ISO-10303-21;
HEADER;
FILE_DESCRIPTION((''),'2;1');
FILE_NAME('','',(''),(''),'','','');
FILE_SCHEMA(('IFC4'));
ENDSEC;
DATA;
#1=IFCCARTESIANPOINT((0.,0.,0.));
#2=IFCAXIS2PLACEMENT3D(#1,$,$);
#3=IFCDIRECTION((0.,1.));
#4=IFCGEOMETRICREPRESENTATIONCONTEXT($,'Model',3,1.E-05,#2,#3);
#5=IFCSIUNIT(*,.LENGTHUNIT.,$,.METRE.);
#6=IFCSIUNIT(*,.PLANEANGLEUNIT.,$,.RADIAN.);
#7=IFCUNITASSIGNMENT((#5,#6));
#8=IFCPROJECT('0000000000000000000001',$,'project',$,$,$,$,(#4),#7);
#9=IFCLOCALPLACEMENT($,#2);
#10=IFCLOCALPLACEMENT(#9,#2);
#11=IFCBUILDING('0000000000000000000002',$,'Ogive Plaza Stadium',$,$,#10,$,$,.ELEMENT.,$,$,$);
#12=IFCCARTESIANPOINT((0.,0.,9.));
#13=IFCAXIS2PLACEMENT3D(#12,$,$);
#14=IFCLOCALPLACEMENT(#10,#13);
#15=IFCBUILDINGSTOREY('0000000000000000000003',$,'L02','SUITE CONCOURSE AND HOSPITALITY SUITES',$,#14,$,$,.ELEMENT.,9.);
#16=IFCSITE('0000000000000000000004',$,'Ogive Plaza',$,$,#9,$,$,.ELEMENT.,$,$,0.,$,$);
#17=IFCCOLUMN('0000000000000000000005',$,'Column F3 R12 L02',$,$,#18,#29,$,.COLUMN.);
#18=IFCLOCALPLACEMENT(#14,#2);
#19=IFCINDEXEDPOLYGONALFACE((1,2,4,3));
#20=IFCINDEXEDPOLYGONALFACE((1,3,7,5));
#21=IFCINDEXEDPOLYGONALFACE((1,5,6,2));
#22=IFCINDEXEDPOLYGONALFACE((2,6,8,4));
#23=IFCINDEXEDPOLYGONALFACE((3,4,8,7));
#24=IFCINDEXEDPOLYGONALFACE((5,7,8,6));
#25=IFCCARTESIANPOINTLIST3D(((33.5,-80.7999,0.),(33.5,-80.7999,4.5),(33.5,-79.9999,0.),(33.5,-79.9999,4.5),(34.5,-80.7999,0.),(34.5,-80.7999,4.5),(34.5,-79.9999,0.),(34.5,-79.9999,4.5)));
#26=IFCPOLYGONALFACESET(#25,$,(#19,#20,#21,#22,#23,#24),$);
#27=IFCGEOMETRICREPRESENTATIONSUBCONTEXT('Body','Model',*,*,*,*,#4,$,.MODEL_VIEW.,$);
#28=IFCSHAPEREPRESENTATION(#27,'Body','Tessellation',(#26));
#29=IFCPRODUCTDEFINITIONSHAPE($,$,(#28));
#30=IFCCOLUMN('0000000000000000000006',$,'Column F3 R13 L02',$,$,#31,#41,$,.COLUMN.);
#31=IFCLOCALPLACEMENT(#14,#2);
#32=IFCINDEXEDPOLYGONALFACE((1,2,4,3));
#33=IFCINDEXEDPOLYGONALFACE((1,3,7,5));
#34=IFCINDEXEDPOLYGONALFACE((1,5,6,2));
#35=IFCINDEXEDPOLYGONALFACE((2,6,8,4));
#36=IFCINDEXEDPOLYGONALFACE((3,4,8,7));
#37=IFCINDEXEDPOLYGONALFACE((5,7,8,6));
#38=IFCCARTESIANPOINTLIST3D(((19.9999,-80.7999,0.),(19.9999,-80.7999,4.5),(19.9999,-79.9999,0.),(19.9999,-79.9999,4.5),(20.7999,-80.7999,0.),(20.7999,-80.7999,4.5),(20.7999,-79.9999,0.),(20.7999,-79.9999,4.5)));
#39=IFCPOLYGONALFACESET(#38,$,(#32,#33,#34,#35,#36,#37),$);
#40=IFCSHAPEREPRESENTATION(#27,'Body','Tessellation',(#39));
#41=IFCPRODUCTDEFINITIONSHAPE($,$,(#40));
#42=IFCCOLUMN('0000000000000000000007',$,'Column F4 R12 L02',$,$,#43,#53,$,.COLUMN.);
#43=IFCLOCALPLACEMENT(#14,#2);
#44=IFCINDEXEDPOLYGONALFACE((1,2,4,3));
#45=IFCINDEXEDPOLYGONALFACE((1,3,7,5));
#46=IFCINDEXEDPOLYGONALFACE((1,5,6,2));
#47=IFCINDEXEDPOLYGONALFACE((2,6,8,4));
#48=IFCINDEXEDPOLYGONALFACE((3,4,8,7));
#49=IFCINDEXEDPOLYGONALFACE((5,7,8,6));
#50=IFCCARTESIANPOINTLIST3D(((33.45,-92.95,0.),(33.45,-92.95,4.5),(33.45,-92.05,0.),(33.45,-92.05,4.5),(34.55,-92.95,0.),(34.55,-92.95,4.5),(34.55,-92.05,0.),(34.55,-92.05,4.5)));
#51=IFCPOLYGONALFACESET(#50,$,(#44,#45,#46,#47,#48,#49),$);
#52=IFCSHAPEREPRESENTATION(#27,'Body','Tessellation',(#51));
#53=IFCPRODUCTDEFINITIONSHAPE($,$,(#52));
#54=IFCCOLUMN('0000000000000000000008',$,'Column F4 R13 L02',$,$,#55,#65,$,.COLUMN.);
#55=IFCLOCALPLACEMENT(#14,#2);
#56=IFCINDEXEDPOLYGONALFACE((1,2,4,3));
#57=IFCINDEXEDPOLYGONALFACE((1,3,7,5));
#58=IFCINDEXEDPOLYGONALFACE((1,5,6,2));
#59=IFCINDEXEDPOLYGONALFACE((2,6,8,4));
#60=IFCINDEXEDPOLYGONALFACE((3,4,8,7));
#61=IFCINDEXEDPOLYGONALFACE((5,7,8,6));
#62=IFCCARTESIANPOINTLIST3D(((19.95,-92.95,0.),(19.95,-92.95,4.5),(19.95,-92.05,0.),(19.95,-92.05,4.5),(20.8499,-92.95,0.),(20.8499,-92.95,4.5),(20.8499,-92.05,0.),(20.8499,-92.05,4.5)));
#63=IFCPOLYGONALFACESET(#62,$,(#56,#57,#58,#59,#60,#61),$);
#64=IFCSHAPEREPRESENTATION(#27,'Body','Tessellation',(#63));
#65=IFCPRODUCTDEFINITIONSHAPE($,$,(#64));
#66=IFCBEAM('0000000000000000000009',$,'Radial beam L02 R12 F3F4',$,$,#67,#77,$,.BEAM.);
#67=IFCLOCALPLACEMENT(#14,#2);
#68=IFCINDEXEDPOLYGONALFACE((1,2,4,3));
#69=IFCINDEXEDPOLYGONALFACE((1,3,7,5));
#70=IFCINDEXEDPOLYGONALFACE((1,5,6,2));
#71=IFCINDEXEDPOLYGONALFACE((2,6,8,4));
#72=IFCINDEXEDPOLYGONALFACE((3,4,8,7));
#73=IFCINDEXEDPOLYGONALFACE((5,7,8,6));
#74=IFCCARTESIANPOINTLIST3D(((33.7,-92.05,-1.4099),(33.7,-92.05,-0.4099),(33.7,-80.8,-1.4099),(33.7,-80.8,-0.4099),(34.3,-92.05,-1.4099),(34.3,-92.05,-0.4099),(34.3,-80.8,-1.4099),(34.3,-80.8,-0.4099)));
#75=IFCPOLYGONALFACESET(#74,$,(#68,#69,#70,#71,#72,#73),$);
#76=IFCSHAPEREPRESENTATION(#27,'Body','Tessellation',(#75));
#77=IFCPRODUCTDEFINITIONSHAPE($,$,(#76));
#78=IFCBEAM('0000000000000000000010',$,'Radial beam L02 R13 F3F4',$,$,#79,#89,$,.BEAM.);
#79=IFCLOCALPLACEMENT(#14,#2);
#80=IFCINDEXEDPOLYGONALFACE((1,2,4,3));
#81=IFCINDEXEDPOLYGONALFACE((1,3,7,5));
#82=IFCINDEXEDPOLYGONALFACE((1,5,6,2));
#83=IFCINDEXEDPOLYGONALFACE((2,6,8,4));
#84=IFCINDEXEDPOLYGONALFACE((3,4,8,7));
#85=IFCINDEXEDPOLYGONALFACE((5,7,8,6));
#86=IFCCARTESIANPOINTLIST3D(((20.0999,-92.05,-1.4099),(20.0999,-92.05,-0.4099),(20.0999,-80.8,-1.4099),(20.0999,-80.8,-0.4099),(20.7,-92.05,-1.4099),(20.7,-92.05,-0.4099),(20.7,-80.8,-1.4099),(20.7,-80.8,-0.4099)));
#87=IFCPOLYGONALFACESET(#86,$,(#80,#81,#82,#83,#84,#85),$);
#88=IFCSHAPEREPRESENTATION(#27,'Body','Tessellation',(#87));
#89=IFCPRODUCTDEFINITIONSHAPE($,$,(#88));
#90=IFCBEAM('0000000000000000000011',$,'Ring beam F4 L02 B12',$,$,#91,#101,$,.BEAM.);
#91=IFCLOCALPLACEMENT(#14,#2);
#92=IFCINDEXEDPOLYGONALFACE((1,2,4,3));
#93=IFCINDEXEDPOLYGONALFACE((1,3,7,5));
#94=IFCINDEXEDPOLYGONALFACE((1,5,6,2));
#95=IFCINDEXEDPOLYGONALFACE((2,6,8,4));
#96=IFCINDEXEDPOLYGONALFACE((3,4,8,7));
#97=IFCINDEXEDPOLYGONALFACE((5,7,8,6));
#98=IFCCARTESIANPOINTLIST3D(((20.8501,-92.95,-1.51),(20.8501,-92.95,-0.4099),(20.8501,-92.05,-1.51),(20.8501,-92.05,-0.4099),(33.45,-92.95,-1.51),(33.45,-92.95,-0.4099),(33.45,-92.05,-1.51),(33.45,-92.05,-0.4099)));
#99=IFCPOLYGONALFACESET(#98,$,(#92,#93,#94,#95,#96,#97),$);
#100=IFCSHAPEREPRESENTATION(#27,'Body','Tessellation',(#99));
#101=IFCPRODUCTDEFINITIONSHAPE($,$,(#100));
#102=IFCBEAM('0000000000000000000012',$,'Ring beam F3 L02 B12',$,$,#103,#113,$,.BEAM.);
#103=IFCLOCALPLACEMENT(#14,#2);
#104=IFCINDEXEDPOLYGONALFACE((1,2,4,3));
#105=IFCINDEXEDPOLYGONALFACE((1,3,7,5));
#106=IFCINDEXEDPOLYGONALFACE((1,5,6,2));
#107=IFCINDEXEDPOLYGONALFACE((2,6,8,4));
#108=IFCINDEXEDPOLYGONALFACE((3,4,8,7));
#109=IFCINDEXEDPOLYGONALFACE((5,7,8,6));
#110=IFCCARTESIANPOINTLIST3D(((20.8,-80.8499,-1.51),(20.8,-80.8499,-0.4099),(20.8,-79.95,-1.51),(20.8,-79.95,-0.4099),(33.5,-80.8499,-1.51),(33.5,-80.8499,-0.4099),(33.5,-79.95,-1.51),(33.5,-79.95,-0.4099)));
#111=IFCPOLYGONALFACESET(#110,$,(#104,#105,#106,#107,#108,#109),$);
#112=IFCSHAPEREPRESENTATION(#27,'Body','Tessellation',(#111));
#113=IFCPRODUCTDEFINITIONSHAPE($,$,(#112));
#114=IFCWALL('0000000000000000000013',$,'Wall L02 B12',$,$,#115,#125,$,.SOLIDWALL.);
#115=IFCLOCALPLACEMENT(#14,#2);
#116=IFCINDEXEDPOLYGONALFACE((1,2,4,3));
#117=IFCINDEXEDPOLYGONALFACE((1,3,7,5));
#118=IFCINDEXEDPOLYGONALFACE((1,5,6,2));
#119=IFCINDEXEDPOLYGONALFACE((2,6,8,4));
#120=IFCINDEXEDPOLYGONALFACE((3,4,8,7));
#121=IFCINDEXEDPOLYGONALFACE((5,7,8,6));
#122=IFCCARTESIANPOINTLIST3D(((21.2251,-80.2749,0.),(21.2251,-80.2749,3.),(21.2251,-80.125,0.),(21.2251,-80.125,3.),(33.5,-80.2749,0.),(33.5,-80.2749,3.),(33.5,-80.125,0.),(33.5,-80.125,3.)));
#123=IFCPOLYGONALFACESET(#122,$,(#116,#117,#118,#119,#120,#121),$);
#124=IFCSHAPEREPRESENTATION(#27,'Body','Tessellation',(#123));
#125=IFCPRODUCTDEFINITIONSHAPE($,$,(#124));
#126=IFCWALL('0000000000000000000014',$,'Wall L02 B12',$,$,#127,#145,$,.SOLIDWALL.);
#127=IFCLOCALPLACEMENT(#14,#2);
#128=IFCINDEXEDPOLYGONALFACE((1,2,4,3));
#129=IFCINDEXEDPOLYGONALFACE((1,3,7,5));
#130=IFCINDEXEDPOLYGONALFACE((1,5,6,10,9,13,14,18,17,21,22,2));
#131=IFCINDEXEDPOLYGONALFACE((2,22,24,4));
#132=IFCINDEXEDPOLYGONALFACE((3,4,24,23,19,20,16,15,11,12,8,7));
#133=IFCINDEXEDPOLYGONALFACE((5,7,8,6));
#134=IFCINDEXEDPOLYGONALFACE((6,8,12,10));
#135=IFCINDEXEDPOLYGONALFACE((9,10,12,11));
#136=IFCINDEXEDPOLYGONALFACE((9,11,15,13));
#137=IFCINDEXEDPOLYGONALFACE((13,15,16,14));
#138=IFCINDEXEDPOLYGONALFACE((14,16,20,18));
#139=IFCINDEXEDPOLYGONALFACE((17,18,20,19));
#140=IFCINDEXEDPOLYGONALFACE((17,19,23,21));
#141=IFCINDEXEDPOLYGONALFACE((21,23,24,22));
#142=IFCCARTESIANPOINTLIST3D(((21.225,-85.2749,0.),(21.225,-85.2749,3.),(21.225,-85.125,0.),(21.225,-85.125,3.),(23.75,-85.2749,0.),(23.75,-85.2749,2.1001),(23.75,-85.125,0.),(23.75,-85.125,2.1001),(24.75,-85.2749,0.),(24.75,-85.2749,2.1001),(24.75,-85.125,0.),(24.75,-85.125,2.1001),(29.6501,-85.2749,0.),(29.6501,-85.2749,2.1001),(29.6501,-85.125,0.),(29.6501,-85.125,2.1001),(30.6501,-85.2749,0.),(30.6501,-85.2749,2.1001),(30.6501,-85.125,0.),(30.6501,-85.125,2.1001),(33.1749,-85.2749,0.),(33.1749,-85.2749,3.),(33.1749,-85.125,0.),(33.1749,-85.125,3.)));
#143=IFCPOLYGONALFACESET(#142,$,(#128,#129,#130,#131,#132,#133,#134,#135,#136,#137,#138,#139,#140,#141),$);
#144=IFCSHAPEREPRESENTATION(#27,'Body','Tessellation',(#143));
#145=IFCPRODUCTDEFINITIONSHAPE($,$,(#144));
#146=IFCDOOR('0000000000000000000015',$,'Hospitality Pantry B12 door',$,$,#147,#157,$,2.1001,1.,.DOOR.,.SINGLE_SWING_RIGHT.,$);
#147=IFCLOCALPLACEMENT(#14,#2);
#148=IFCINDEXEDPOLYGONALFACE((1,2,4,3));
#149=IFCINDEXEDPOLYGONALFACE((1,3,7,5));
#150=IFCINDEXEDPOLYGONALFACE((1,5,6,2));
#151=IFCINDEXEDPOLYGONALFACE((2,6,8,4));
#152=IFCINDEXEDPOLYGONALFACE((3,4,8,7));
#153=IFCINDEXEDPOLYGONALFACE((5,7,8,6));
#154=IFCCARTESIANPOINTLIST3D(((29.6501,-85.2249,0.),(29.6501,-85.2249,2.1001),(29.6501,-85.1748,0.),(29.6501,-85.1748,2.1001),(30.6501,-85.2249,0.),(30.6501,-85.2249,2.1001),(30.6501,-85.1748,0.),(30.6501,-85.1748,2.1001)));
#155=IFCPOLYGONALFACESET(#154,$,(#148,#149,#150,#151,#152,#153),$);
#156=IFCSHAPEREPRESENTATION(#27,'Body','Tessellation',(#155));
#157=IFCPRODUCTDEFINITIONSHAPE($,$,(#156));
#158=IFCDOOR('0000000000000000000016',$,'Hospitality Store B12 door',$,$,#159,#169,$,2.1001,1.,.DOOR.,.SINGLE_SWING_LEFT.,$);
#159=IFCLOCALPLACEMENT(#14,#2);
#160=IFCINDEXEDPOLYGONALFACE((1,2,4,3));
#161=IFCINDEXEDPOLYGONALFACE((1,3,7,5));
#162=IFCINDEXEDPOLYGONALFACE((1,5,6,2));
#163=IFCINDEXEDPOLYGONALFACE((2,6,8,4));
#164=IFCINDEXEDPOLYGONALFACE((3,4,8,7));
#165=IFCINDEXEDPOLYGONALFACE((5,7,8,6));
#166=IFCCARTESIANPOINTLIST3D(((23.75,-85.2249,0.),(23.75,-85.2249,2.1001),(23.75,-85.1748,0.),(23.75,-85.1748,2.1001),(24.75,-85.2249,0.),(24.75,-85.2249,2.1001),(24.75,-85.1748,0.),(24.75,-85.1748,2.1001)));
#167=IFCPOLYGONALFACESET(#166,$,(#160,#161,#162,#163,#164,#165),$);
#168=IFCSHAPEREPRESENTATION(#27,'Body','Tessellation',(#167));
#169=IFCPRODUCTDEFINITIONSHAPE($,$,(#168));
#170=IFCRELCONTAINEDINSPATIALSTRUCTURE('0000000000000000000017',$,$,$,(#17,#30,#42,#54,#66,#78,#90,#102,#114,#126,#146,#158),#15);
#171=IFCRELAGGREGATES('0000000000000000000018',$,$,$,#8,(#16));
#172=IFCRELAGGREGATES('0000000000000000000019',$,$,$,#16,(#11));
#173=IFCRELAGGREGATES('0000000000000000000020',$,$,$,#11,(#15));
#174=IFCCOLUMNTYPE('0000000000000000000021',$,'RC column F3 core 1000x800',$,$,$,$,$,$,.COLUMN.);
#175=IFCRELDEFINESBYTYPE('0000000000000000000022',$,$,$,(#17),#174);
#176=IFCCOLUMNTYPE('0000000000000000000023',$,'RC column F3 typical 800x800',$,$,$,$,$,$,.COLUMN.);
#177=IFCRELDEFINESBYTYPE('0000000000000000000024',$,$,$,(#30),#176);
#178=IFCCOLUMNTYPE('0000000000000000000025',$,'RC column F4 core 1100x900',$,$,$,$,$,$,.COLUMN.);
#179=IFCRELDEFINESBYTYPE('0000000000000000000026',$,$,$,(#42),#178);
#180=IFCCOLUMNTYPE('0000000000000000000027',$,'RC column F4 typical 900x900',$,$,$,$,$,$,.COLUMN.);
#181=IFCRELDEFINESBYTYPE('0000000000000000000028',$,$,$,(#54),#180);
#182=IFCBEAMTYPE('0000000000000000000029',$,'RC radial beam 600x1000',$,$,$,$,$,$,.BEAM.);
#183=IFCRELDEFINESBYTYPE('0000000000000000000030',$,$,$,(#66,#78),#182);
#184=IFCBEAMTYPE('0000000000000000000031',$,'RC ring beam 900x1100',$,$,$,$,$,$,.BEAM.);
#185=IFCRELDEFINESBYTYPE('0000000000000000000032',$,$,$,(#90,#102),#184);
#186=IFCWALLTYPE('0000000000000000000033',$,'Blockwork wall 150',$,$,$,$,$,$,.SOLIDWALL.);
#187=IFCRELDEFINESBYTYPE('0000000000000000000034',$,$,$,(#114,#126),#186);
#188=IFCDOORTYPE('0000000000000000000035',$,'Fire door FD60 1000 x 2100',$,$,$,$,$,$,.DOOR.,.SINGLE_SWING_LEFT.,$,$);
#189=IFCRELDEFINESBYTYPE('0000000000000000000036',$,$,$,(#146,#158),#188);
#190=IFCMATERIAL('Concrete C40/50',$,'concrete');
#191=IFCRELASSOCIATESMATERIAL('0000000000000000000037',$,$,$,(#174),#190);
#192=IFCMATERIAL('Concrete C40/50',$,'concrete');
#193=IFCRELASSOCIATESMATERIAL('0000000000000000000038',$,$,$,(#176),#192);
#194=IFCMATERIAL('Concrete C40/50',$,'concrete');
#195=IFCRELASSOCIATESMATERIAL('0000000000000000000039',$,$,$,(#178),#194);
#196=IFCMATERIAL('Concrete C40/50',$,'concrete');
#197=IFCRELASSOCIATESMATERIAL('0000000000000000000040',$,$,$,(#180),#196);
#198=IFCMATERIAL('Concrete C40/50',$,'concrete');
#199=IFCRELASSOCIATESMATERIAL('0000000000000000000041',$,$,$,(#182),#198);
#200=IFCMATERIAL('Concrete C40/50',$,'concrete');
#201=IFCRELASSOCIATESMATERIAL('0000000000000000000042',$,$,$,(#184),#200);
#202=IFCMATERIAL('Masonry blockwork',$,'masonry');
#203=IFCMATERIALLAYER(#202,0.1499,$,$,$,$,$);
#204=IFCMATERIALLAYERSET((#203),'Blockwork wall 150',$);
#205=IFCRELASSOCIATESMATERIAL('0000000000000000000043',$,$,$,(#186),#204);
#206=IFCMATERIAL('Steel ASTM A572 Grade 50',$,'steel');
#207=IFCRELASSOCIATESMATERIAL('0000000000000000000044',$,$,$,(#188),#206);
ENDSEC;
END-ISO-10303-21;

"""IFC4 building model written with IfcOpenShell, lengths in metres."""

from ifc_helpers import new_model, si_unit, direction, frame, frame_2d, origin, origin_2d, place, context, subcontext, project, spatial, rectangle, extrude, material, layer, layer_set, material_profile, profile_set, type_object, element, fill, save


model = new_model("IFC4")

# Units and contexts
model_context = context("Model", 3, precision=1e-05, world=origin(), true_north=direction((0.0, 1.0)))
body_context = subcontext(model_context, "Body", "Model", "MODEL_VIEW")
ifc_project = project(units=[si_unit("LENGTHUNIT", "METRE"), si_unit("PLANEANGLEUNIT", "RADIAN")], contexts=[model_context])

# Site, building, storey
site_placement = place(None, origin())
site = spatial("IfcSite", under=ifc_project, at=site_placement, Name="Ogive Plaza", CompositionType="ELEMENT", RefElevation=0.0)
building_placement = place(site_placement, origin())
building = spatial("IfcBuilding", under=site, at=building_placement, Name="Ogive Plaza Stadium", CompositionType="ELEMENT")
storey_placement = place(building_placement, frame((0.0, 0.0, 9.0)))
storey = spatial("IfcBuildingStorey", under=building, at=storey_placement, Name="L02", Description="SUITE CONCOURSE AND HOSPITALITY SUITES", CompositionType="ELEMENT", Elevation=9.0)

# Columns
ifc_material_1 = material(Name="Concrete C40/50", Category="concrete")
ifc_material_profile_1 = material_profile(ifc_material_1, rectangle(XDim=1.0, YDim=0.8, at=origin_2d()), Name="RC 1000x800")
ifc_profile_set_1 = profile_set([ifc_material_profile_1], Name="Concrete C40/50")
column_type_1 = type_object("IfcColumnType", Name="RC column F3 core 1000x800", PredefinedType="COLUMN", material=ifc_profile_set_1)
column_1_placement = place(storey_placement, frame((34.0, -80.3999, 0.0), z_axis=(0.0, 0.0, 1.0), x_axis=(1.0, 0.0, 0.0)))
element("IfcColumn", 1, at=column_1_placement, inside=storey, type_object=column_type_1, Name="Column F3 R12 L02", PredefinedType="COLUMN", context=body_context, shape_type="SweptSolid", body=[
    extrude(rectangle(XDim=1.0, YDim=0.8, at=origin_2d()), origin(), (0.0, 0.0, 1.0), 4.5),
])
ifc_material_2 = material(Name="Concrete C40/50", Category="concrete")
ifc_material_profile_2 = material_profile(ifc_material_2, rectangle(XDim=0.8, YDim=0.8, at=origin_2d()), Name="RC 800x800")
ifc_profile_set_2 = profile_set([ifc_material_profile_2], Name="Concrete C40/50")
column_type_2 = type_object("IfcColumnType", Name="RC column F3 typical 800x800", PredefinedType="COLUMN", material=ifc_profile_set_2)
column_2_placement = place(storey_placement, frame((20.3999, -80.3999, 0.0), z_axis=(0.0, 0.0, 1.0), x_axis=(1.0, 0.0, 0.0)))
element("IfcColumn", 2, at=column_2_placement, inside=storey, type_object=column_type_2, Name="Column F3 R13 L02", PredefinedType="COLUMN", context=body_context, shape_type="SweptSolid", body=[
    extrude(rectangle(XDim=0.8, YDim=0.8, at=origin_2d()), origin(), (0.0, 0.0, 1.0), 4.5),
])
ifc_material_3 = material(Name="Concrete C40/50", Category="concrete")
ifc_material_profile_3 = material_profile(ifc_material_3, rectangle(XDim=1.1001, YDim=0.8999, at=origin_2d()), Name="RC 1100x900")
ifc_profile_set_3 = profile_set([ifc_material_profile_3], Name="Concrete C40/50")
column_type_3 = type_object("IfcColumnType", Name="RC column F4 core 1100x900", PredefinedType="COLUMN", material=ifc_profile_set_3)
column_3_placement = place(storey_placement, frame((34.0, -92.5, 0.0), z_axis=(0.0, 0.0, 1.0), x_axis=(1.0, 0.0, 0.0)))
element("IfcColumn", 3, at=column_3_placement, inside=storey, type_object=column_type_3, Name="Column F4 R12 L02", PredefinedType="COLUMN", context=body_context, shape_type="SweptSolid", body=[
    extrude(rectangle(XDim=1.1001, YDim=0.8999, at=origin_2d()), origin(), (0.0, 0.0, 1.0), 4.5),
])
ifc_material_4 = material(Name="Concrete C40/50", Category="concrete")
ifc_material_profile_4 = material_profile(ifc_material_4, rectangle(XDim=0.8999, YDim=0.8999, at=origin_2d()), Name="RC 900x900")
ifc_profile_set_4 = profile_set([ifc_material_profile_4], Name="Concrete C40/50")
column_type_4 = type_object("IfcColumnType", Name="RC column F4 typical 900x900", PredefinedType="COLUMN", material=ifc_profile_set_4)
column_4_placement = place(storey_placement, frame((20.3999, -92.5, 0.0), z_axis=(0.0, 0.0, 1.0), x_axis=(1.0, 0.0, 0.0)))
element("IfcColumn", 4, at=column_4_placement, inside=storey, type_object=column_type_4, Name="Column F4 R13 L02", PredefinedType="COLUMN", context=body_context, shape_type="SweptSolid", body=[
    extrude(rectangle(XDim=0.8999, YDim=0.8999, at=origin_2d()), origin(), (0.0, 0.0, 1.0), 4.5),
])

# Beams
ifc_material_5 = material(Name="Concrete C40/50", Category="concrete")
ifc_material_profile_5 = material_profile(ifc_material_5, rectangle(XDim=0.6001, YDim=1.0, at=origin_2d()), Name="RC 600x1000")
ifc_profile_set_5 = profile_set([ifc_material_profile_5], Name="Concrete C40/50")
beam_type_1 = type_object("IfcBeamType", Name="RC radial beam 600x1000", PredefinedType="BEAM", material=ifc_profile_set_5)
for number, where, z_axis, x_axis, name in (
    (5, (34.0, -80.8, -0.9099), (0.0, -1.0, 0.0), (1.0, 0.0, 0.0), "Radial beam L02 R12 F3F4"),
    (6, (20.3999, -80.8, -0.9099), (0.0, -1.0, 0.0), (1.0, 0.0, 0.0), "Radial beam L02 R13 F3F4"),
):
    element("IfcBeam", number, at=place(storey_placement, frame(where, z_axis=z_axis, x_axis=x_axis)), inside=storey, type_object=beam_type_1, Name=name, PredefinedType="BEAM", context=body_context, shape_type="SweptSolid", body=[
        extrude(rectangle(XDim=0.6001, YDim=1.0, at=origin_2d()), origin(), (0.0, 0.0, 1.0), 11.25),
    ])
ifc_material_6 = material(Name="Concrete C40/50", Category="concrete")
ifc_material_profile_6 = material_profile(ifc_material_6, rectangle(XDim=0.8999, YDim=1.1001, at=origin_2d()), Name="RC 900x1100")
ifc_profile_set_6 = profile_set([ifc_material_profile_6], Name="Concrete C40/50")
beam_type_2 = type_object("IfcBeamType", Name="RC ring beam 900x1100", PredefinedType="BEAM", material=ifc_profile_set_6)
beam_1_placement = place(storey_placement, frame((33.45, -92.5, -0.96), z_axis=(-1.0, 0.0, 0.0), x_axis=(0.0, -1.0, 0.0)))
element("IfcBeam", 7, at=beam_1_placement, inside=storey, type_object=beam_type_2, Name="Ring beam F4 L02 B12", PredefinedType="BEAM", context=body_context, shape_type="SweptSolid", body=[
    extrude(rectangle(XDim=0.8999, YDim=1.1001, at=origin_2d()), origin(), (0.0, 0.0, 1.0), 12.5999),
])
beam_2_placement = place(storey_placement, frame((33.5, -80.3999, -0.96), z_axis=(-1.0, 0.0, 0.0), x_axis=(0.0, -1.0, 0.0)))
element("IfcBeam", 8, at=beam_2_placement, inside=storey, type_object=beam_type_2, Name="Ring beam F3 L02 B12", PredefinedType="BEAM", context=body_context, shape_type="SweptSolid", body=[
    extrude(rectangle(XDim=0.8999, YDim=1.1001, at=origin_2d()), origin(), (0.0, 0.0, 1.0), 12.7),
])

# Wall
ifc_material_7 = material(Name="Masonry blockwork", Category="masonry")
ifc_layer_1 = layer(ifc_material_7, 0.1499)
ifc_layer_set_1 = layer_set([ifc_layer_1], Name="Blockwork wall 150")
wall_type_1 = type_object("IfcWallType", Name="Blockwork wall 150", PredefinedType="SOLIDWALL", material=ifc_layer_set_1)
wall_1_placement = place(storey_placement, frame((33.5, -80.2, 0.0), z_axis=(0.0, 0.0, 1.0), x_axis=(-1.0, 0.0, 0.0)))
element("IfcWall", 9, at=wall_1_placement, inside=storey, type_object=wall_type_1, Name="Wall L02 B12", PredefinedType="SOLIDWALL", context=body_context, shape_type="SweptSolid", body=[
    extrude(rectangle(XDim=12.2749, YDim=0.1499, at=frame_2d((6.1375, 0.0))), origin(), (0.0, 0.0, 1.0), 3.0),
])

# Wall, openings, doors
wall_2_placement = place(storey_placement, frame((33.175, -85.2, 0.0), z_axis=(0.0, 0.0, 1.0), x_axis=(-1.0, 0.0, 0.0)))
wall_2 = element("IfcWall", 10, at=wall_2_placement, inside=storey, type_object=wall_type_1, Name="Wall L02 B12", PredefinedType="SOLIDWALL", context=body_context, shape_type="SweptSolid", body=[
    extrude(rectangle(XDim=11.95, YDim=0.1499, at=frame_2d((5.9751, 0.0))), origin(), (0.0, 0.0, 1.0), 3.0),
])
opening_1_placement = place(wall_2_placement, frame((2.5249, 0.0, 0.0)))
opening_1 = element("IfcOpeningElement", 11, at=opening_1_placement, cuts=wall_2, PredefinedType="OPENING", context=body_context, shape_type="SweptSolid", body=[
    extrude(rectangle(XDim=1.0, YDim=2.1001, at=frame_2d((0.5, 1.05))), frame((0.0, 0.075, 0.0), z_axis=(0.0, -1.0, 0.0), x_axis=(1.0, 0.0, 0.0)), (0.0, 0.0, 1.0), 0.1499),
])
opening_2_placement = place(wall_2_placement, frame((8.425, 0.0, 0.0)))
opening_2 = element("IfcOpeningElement", 12, at=opening_2_placement, cuts=wall_2, PredefinedType="OPENING", context=body_context, shape_type="SweptSolid", body=[
    extrude(rectangle(XDim=1.0, YDim=2.1001, at=frame_2d((0.5, 1.05))), frame((0.0, 0.075, 0.0), z_axis=(0.0, -1.0, 0.0), x_axis=(1.0, 0.0, 0.0)), (0.0, 0.0, 1.0), 0.1499),
])
ifc_material_8 = material(Name="Steel ASTM A572 Grade 50", Category="steel")
door_type_1 = type_object("IfcDoorType", Name="Fire door FD60 1000 x 2100", OperationType="SINGLE_SWING_LEFT", PredefinedType="DOOR", material=ifc_material_8)
door_1_placement = place(opening_1_placement, origin())
door_1 = element("IfcDoor", 13, at=door_1_placement, inside=storey, type_object=door_type_1, Name="Hospitality Pantry B12 door", OperationType="SINGLE_SWING_RIGHT", OverallHeight=2.1001, OverallWidth=1.0, PredefinedType="DOOR", context=body_context, shape_type="SweptSolid", body=[
    extrude(rectangle(XDim=1.0, YDim=2.1001, at=frame_2d((0.5, 1.05))), frame((0.0, 0.0249, 0.0), z_axis=(0.0, -1.0, 0.0), x_axis=(1.0, 0.0, 0.0)), (0.0, 0.0, 1.0), 0.05),
])
fill(opening_1, door_1)
door_2_placement = place(opening_2_placement, origin())
door_2 = element("IfcDoor", 14, at=door_2_placement, inside=storey, type_object=door_type_1, Name="Hospitality Store B12 door", OperationType="SINGLE_SWING_LEFT", OverallHeight=2.1001, OverallWidth=1.0, PredefinedType="DOOR", context=body_context, shape_type="SweptSolid", body=[
    extrude(rectangle(XDim=1.0, YDim=2.1001, at=frame_2d((0.5, 1.05))), frame((0.0, 0.0249, 0.0), z_axis=(0.0, -1.0, 0.0), x_axis=(1.0, 0.0, 0.0)), (0.0, 0.0, 1.0), 0.05),
])
fill(opening_2, door_2)

save(model, "model.ifc")
